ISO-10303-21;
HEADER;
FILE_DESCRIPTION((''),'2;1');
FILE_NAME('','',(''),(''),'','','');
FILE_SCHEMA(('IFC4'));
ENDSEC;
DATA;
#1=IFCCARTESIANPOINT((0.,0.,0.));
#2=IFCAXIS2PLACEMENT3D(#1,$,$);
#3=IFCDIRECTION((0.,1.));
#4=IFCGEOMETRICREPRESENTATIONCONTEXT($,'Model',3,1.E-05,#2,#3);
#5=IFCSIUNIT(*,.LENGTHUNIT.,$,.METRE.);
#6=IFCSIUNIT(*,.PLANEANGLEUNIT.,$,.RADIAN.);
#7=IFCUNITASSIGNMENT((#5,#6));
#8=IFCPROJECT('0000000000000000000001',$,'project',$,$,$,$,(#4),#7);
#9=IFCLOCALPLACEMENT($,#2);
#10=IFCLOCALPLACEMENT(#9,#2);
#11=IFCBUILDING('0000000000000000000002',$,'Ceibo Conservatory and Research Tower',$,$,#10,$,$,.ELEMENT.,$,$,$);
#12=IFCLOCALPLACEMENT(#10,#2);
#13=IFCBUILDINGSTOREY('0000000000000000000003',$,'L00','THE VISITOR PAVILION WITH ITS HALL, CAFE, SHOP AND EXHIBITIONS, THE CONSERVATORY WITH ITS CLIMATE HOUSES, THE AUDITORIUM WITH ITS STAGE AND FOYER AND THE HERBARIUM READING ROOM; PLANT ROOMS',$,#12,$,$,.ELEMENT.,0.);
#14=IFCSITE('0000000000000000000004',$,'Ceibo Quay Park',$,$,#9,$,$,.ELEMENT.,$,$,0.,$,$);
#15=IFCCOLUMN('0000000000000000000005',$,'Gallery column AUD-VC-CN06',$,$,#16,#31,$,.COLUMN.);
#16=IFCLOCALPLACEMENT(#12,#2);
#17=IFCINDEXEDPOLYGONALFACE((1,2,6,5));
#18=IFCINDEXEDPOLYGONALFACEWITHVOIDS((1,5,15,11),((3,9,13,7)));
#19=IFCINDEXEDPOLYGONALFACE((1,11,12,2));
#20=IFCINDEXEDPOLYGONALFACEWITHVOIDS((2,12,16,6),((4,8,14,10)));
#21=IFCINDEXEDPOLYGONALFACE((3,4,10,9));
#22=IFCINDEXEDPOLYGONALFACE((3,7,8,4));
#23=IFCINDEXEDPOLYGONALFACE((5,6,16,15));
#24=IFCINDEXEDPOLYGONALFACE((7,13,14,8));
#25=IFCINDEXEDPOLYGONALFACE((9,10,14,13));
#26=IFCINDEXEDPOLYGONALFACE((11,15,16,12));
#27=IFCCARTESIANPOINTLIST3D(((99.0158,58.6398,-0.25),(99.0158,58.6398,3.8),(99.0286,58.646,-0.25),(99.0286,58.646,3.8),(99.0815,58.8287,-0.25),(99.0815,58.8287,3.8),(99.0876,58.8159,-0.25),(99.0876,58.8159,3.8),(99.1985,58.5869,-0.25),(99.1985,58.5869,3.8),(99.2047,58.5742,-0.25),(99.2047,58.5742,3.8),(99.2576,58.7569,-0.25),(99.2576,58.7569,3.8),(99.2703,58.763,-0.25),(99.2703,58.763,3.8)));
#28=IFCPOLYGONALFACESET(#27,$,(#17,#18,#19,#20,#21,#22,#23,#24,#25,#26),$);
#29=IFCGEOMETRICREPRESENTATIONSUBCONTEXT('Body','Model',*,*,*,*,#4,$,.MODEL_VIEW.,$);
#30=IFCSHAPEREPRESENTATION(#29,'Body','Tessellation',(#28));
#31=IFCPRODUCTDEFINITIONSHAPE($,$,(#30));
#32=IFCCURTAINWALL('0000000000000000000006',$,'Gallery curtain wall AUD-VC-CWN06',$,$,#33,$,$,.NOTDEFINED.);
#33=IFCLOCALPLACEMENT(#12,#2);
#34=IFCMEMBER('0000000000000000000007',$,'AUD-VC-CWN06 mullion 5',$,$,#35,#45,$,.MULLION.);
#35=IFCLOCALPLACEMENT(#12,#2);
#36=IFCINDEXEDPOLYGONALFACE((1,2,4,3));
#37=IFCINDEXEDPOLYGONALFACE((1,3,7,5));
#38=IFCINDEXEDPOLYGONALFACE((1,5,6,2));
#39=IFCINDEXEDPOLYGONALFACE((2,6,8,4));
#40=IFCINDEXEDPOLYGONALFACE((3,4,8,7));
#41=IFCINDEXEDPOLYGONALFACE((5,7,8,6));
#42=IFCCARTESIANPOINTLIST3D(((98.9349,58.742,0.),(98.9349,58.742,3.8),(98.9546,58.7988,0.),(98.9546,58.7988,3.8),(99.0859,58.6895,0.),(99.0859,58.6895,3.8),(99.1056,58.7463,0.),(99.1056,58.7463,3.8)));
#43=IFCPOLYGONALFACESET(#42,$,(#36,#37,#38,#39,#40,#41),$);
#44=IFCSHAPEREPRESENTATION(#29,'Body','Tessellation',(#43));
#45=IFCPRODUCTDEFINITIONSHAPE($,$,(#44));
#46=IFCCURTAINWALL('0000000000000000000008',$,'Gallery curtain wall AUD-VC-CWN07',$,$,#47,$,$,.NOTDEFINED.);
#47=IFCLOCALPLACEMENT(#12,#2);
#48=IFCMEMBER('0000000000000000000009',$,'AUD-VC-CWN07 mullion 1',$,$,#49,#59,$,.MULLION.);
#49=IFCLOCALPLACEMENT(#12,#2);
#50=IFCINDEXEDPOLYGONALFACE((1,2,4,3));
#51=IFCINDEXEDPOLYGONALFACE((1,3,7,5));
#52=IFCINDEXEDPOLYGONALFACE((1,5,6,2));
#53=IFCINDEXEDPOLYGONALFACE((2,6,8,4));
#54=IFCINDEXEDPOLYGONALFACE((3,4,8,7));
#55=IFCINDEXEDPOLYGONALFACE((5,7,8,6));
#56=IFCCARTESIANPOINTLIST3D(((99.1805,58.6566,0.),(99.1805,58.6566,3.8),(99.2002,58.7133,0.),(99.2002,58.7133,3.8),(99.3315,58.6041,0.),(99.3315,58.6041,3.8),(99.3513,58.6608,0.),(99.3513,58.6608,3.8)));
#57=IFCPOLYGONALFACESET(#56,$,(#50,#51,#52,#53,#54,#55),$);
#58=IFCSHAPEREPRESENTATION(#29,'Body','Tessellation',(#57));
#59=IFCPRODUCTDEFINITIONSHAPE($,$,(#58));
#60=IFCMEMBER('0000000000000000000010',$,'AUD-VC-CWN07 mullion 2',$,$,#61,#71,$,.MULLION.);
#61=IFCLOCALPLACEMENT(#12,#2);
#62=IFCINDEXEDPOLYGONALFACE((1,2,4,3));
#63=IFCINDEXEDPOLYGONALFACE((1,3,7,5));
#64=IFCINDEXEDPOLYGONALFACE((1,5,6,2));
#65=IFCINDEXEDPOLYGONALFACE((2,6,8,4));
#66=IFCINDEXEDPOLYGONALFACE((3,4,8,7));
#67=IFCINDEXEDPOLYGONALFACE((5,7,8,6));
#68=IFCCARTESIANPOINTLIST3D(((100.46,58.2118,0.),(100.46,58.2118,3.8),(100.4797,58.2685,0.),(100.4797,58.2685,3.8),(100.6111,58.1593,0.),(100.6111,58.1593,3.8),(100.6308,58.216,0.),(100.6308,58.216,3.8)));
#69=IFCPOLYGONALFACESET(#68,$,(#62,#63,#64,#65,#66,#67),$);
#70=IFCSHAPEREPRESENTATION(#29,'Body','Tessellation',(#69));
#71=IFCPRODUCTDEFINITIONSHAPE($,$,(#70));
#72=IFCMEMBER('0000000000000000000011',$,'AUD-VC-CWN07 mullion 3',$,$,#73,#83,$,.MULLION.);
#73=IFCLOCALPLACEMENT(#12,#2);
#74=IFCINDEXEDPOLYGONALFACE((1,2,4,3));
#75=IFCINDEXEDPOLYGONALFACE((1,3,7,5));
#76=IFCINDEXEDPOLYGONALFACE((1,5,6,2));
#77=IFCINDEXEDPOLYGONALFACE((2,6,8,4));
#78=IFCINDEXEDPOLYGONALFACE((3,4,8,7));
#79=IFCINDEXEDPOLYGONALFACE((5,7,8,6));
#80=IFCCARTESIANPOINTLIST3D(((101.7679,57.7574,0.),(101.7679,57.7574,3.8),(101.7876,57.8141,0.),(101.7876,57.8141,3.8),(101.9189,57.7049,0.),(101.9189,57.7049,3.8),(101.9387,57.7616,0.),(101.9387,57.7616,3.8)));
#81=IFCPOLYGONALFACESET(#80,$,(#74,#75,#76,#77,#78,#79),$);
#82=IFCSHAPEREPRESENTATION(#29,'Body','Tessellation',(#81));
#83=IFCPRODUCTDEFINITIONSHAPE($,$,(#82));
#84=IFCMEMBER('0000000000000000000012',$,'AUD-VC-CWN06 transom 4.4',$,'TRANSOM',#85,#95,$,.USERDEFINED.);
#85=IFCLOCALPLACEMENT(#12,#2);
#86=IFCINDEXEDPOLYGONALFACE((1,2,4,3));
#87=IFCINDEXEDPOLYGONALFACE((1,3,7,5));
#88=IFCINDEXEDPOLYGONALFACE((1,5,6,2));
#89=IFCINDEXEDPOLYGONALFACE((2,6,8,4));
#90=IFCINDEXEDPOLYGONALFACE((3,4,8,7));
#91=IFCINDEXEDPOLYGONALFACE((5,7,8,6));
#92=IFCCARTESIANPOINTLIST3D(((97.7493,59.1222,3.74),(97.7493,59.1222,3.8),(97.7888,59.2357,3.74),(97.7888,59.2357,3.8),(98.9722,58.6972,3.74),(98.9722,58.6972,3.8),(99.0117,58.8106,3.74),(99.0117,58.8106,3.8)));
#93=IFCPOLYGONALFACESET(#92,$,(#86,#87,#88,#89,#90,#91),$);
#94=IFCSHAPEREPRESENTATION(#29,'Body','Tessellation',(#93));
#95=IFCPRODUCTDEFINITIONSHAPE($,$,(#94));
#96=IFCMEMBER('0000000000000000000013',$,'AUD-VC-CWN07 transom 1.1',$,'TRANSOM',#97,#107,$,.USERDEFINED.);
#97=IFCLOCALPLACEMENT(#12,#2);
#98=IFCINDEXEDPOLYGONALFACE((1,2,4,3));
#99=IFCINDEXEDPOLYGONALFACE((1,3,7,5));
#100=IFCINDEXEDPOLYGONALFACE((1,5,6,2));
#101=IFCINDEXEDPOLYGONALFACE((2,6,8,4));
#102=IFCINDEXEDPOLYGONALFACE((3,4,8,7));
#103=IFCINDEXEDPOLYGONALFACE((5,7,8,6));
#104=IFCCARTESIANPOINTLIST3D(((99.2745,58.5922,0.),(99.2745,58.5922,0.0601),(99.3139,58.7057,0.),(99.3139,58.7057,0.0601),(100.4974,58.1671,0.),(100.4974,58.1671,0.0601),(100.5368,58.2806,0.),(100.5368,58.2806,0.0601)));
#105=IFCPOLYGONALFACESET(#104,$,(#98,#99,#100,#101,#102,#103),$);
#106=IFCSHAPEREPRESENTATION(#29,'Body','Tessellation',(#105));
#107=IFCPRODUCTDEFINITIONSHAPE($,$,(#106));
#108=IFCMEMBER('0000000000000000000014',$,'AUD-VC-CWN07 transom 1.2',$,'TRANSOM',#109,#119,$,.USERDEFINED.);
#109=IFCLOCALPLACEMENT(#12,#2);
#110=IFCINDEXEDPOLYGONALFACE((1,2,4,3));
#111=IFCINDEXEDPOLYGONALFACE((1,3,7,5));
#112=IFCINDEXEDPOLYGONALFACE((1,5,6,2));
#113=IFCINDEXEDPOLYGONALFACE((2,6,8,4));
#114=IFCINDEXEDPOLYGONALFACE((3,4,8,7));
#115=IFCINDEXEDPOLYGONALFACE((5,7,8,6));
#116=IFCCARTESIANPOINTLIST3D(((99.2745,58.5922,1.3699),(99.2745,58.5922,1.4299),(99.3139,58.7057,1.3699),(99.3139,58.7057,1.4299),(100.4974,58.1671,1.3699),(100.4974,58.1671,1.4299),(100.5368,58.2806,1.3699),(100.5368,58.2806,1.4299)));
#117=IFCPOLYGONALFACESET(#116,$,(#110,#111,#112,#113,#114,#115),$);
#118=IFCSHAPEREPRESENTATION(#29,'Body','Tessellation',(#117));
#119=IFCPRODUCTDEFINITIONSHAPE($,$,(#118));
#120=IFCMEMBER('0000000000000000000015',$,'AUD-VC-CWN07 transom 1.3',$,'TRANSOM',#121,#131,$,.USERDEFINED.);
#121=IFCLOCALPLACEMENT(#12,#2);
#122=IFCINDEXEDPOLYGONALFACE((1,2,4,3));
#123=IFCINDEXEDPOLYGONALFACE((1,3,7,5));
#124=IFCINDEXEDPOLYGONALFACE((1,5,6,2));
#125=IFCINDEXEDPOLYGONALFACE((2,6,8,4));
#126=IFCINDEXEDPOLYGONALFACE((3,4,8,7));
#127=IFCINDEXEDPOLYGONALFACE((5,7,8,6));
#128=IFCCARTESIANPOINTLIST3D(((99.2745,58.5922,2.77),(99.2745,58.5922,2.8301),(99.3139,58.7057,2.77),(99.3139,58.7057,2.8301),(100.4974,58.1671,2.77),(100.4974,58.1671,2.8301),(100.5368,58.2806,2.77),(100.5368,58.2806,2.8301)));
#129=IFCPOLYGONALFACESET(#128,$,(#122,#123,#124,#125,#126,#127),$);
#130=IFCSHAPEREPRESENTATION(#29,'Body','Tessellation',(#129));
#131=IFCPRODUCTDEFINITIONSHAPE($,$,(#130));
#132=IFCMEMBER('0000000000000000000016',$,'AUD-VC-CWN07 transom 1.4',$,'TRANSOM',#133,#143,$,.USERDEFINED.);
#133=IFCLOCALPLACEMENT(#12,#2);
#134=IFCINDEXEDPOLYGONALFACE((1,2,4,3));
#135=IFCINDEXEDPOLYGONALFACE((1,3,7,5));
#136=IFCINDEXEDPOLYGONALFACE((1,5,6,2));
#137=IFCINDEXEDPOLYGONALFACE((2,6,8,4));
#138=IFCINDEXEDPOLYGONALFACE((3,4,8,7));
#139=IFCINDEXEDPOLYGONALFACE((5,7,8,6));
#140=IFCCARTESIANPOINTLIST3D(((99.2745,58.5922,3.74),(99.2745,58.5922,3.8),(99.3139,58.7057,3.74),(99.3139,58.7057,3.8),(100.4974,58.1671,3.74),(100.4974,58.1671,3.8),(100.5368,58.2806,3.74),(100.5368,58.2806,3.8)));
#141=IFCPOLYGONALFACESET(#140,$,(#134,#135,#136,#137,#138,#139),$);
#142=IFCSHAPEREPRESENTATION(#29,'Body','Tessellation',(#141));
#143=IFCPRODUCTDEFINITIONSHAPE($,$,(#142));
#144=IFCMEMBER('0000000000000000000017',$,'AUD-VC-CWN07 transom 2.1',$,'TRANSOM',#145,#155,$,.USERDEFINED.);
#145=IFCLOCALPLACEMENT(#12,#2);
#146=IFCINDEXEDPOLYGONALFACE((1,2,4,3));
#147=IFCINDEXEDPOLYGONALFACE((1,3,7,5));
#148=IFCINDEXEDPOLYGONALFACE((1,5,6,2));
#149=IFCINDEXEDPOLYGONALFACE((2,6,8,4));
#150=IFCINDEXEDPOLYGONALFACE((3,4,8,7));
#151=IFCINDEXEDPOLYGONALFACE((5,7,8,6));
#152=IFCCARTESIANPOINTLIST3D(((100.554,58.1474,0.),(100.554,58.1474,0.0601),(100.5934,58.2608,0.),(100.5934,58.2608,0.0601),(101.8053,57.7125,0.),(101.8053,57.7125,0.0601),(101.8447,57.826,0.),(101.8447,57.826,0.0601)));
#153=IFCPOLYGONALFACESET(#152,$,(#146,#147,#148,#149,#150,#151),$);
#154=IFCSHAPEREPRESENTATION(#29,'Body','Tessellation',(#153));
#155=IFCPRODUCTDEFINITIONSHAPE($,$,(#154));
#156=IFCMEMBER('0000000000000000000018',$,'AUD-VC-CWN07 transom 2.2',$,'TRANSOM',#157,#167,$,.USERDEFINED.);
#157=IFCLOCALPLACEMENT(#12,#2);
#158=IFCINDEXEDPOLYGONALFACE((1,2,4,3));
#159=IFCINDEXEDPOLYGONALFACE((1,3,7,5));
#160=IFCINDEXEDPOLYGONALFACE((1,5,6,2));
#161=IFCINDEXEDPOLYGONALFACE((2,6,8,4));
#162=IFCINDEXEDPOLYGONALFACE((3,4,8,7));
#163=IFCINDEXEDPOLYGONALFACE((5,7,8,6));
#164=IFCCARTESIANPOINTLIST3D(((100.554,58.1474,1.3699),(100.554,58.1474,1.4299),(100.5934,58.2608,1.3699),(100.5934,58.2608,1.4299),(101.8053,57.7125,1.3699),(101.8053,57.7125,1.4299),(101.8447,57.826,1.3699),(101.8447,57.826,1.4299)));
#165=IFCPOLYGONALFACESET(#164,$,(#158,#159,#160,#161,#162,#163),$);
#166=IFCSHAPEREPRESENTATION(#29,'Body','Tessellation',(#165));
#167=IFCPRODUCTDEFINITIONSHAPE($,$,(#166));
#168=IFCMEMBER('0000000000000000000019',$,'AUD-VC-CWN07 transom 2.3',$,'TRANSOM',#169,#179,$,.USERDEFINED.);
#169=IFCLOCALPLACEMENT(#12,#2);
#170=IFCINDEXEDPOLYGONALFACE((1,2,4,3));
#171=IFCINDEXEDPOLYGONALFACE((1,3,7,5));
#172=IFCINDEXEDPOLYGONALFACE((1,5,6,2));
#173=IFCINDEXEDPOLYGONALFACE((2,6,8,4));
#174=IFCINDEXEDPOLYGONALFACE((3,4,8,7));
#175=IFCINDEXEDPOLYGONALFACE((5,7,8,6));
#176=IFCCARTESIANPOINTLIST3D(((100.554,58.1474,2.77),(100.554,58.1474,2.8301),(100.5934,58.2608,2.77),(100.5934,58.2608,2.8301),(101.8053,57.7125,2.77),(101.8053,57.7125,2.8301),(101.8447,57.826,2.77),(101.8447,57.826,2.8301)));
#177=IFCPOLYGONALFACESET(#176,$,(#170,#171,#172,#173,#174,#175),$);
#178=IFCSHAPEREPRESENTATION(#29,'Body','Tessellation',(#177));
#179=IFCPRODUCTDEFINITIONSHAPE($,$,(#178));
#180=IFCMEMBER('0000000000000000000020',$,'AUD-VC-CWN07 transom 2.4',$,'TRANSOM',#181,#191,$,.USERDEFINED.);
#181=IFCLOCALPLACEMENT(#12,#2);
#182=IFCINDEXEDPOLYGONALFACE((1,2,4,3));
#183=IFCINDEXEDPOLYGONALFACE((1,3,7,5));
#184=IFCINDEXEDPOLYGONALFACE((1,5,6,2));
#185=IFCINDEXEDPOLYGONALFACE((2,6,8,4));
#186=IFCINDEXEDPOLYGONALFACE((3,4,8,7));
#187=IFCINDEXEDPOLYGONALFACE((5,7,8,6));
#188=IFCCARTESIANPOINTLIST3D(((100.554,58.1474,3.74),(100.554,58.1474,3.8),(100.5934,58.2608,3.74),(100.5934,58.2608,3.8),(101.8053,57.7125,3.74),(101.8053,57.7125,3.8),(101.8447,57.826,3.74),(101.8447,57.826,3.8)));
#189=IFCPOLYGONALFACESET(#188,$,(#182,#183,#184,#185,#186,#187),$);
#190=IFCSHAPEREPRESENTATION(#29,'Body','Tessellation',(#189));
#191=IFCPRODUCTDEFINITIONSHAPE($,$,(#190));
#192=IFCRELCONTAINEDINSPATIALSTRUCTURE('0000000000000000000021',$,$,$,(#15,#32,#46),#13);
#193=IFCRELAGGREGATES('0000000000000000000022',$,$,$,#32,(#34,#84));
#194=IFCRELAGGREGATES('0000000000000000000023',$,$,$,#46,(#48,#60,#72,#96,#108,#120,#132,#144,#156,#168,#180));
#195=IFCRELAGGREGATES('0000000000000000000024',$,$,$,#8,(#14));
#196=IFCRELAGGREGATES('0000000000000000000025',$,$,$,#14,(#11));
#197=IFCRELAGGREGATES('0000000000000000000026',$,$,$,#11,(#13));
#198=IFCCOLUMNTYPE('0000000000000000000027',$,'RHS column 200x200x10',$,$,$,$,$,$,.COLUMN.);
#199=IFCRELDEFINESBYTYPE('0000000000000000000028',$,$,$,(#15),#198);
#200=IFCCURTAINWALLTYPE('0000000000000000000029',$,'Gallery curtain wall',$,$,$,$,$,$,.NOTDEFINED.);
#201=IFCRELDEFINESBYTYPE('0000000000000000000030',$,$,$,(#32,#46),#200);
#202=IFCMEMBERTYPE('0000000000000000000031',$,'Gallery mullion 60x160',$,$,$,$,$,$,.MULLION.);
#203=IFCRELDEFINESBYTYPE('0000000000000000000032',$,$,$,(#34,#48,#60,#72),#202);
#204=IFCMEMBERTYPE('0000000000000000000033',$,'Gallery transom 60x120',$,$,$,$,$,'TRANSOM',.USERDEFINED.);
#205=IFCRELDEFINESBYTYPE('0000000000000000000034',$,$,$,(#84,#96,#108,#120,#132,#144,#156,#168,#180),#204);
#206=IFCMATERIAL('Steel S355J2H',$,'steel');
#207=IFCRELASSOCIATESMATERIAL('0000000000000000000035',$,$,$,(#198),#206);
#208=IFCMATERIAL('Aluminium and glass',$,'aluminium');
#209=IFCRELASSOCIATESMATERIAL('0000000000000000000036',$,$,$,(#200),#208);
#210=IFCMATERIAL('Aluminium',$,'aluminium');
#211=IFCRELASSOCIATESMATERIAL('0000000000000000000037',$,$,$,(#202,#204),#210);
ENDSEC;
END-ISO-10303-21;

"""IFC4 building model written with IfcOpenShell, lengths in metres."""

from ifc_helpers import new_model, si_unit, direction, frame, origin, origin_2d, place, context, subcontext, project, spatial, rectangle, hollow_rectangle, extrude, material, material_profile, profile_set, type_object, element, aggregate, save


model = new_model("IFC4")

# Units and contexts
model_context = context("Model", 3, precision=1e-05, world=origin(), true_north=direction((0.0, 1.0)))
body_context = subcontext(model_context, "Body", "Model", "MODEL_VIEW")
ifc_project = project(units=[si_unit("LENGTHUNIT", "METRE"), si_unit("PLANEANGLEUNIT", "RADIAN")], contexts=[model_context])

# Site, building, storey
site_placement = place(None, origin())
site = spatial("IfcSite", under=ifc_project, at=site_placement, Name="Ceibo Quay Park", CompositionType="ELEMENT", RefElevation=0.0)
building_placement = place(site_placement, origin())
building = spatial("IfcBuilding", under=site, at=building_placement, Name="Ceibo Conservatory and Research Tower", CompositionType="ELEMENT")
storey_placement = place(building_placement, origin())
storey = spatial("IfcBuildingStorey", under=building, at=storey_placement, Name="L00", Description="THE VISITOR PAVILION WITH ITS HALL, CAFE, SHOP AND EXHIBITIONS, THE CONSERVATORY WITH ITS CLIMATE HOUSES, THE AUDITORIUM WITH ITS STAGE AND FOYER AND THE HERBARIUM READING ROOM; PLANT ROOMS", CompositionType="ELEMENT", Elevation=0.0)

# Column
ifc_material_1 = material(Name="Steel S355J2H", Category="steel")
ifc_material_profile_1 = material_profile(ifc_material_1, hollow_rectangle(XDim=0.2, YDim=0.2, WallThickness=0.01, at=origin_2d()), Name="RHS column 200x200x10")
ifc_profile_set_1 = profile_set([ifc_material_profile_1], Name="Steel S355J2H")
column_type = type_object("IfcColumnType", Name="RHS column 200x200x10", PredefinedType="COLUMN", material=ifc_profile_set_1)
column_placement = place(storey_placement, frame((99.1431, 58.7014, -0.25), z_axis=(0.0, 0.0, 1.0), x_axis=(0.944579, -0.328284, 0.0)))
element("IfcColumn", 1, at=column_placement, inside=storey, type_object=column_type, Name="Gallery column AUD-VC-CN06", PredefinedType="COLUMN", context=body_context, shape_type="SweptSolid", body=[
    extrude(hollow_rectangle(XDim=0.2, YDim=0.2, WallThickness=0.01, at=origin_2d()), origin(), (0.0, 0.0, 1.0), 4.05),
])

# Curtain wall, member
ifc_material_2 = material(Name="Aluminium and glass", Category="aluminium")
curtain_wall_type = type_object("IfcCurtainWallType", Name="Gallery curtain wall", PredefinedType="NOTDEFINED", material=ifc_material_2)
curtain_wall_1_placement = place(storey_placement, origin())
curtain_wall_1 = element("IfcCurtainWall", 2, at=curtain_wall_1_placement, inside=storey, type_object=curtain_wall_type, Name="Gallery curtain wall AUD-VC-CWN06", PredefinedType="NOTDEFINED")
ifc_material_3 = material(Name="Aluminium", Category="aluminium")
ifc_material_profile_2 = material_profile(ifc_material_3, rectangle(XDim=0.0601, YDim=0.1599, at=origin_2d()), Name="AL 60x160")
ifc_profile_set_2 = profile_set([ifc_material_profile_2], Name="Aluminium")
member_type_1 = type_object("IfcMemberType", Name="Gallery mullion 60x160", PredefinedType="MULLION", material=ifc_profile_set_2)
member_1_placement = place(storey_placement, frame((99.0203, 58.7441, 0.0), z_axis=(0.0, 0.0, 1.0), x_axis=(0.328284, 0.944579, 0.0)))
member_1 = element("IfcMember", 3, at=member_1_placement, type_object=member_type_1, Name="AUD-VC-CWN06 mullion 5", PredefinedType="MULLION", context=body_context, shape_type="SweptSolid", body=[
    extrude(rectangle(XDim=0.0601, YDim=0.1599, at=origin_2d()), origin(), (0.0, 0.0, 1.0), 3.8),
])

# Curtain wall, members
curtain_wall_2_placement = place(storey_placement, origin())
curtain_wall_2 = element("IfcCurtainWall", 4, at=curtain_wall_2_placement, inside=storey, type_object=curtain_wall_type, Name="Gallery curtain wall AUD-VC-CWN07", PredefinedType="NOTDEFINED")
member_2_placement = place(storey_placement, frame((99.2659, 58.6587, 0.0), z_axis=(0.0, 0.0, 1.0), x_axis=(0.328284, 0.944579, 0.0)))
member_2 = element("IfcMember", 5, at=member_2_placement, type_object=member_type_1, Name="AUD-VC-CWN07 mullion 1", PredefinedType="MULLION", context=body_context, shape_type="SweptSolid", body=[
    extrude(rectangle(XDim=0.0601, YDim=0.1599, at=origin_2d()), origin(), (0.0, 0.0, 1.0), 3.8),
])
member_3_placement = place(storey_placement, frame((100.5454, 58.2139, 0.0), z_axis=(0.0, 0.0, 1.0), x_axis=(0.328284, 0.944579, 0.0)))
member_3 = element("IfcMember", 6, at=member_3_placement, type_object=member_type_1, Name="AUD-VC-CWN07 mullion 2", PredefinedType="MULLION", context=body_context, shape_type="SweptSolid", body=[
    extrude(rectangle(XDim=0.0601, YDim=0.1599, at=origin_2d()), origin(), (0.0, 0.0, 1.0), 3.8),
])
member_4_placement = place(storey_placement, frame((101.8533, 57.7595, 0.0), z_axis=(0.0, 0.0, 1.0), x_axis=(0.328284, 0.944579, 0.0)))
member_4 = element("IfcMember", 7, at=member_4_placement, type_object=member_type_1, Name="AUD-VC-CWN07 mullion 3", PredefinedType="MULLION", context=body_context, shape_type="SweptSolid", body=[
    extrude(rectangle(XDim=0.0601, YDim=0.1599, at=origin_2d()), origin(), (0.0, 0.0, 1.0), 3.8),
])

# Members
ifc_material_profile_3 = material_profile(ifc_material_3, rectangle(XDim=0.1201, YDim=0.0601, at=origin_2d()), Name="AL 60x120")
ifc_profile_set_3 = profile_set([ifc_material_profile_3], Name="Aluminium")
member_type_2 = type_object("IfcMemberType", Name="Gallery transom 60x120", ElementType="TRANSOM", PredefinedType="USERDEFINED", material=ifc_profile_set_3)
member_5_placement = place(storey_placement, frame((97.769, 59.179, 3.77), z_axis=(0.944571, -0.328309, 0.0), x_axis=(0.328309, 0.944571, 0.0)))
member_5 = element("IfcMember", 8, at=member_5_placement, type_object=member_type_2, Name="AUD-VC-CWN06 transom 4.4", ObjectType="TRANSOM", PredefinedType="USERDEFINED", context=body_context, shape_type="SweptSolid", body=[
    extrude(rectangle(XDim=0.1201, YDim=0.0601, at=origin_2d()), origin(), (0.0, 0.0, 1.0), 1.2947),
])
member_6_placement = place(storey_placement, frame((99.2942, 58.6489, 0.03), z_axis=(0.944571, -0.328309, 0.0), x_axis=(0.328309, 0.944571, 0.0)))
member_6 = element("IfcMember", 9, at=member_6_placement, type_object=member_type_2, Name="AUD-VC-CWN07 transom 1.1", ObjectType="TRANSOM", PredefinedType="USERDEFINED", context=body_context, shape_type="SweptSolid", body=[
    extrude(rectangle(XDim=0.1201, YDim=0.0601, at=origin_2d()), origin(), (0.0, 0.0, 1.0), 1.2947),
])
member_7_placement = place(storey_placement, frame((99.2942, 58.6489, 1.3999), z_axis=(0.944571, -0.328309, 0.0), x_axis=(0.328309, 0.944571, 0.0)))
member_7 = element("IfcMember", 10, at=member_7_placement, type_object=member_type_2, Name="AUD-VC-CWN07 transom 1.2", ObjectType="TRANSOM", PredefinedType="USERDEFINED", context=body_context, shape_type="SweptSolid", body=[
    extrude(rectangle(XDim=0.1201, YDim=0.0601, at=origin_2d()), origin(), (0.0, 0.0, 1.0), 1.2947),
])
member_8_placement = place(storey_placement, frame((99.2942, 58.6489, 2.8), z_axis=(0.944571, -0.328309, 0.0), x_axis=(0.328309, 0.944571, 0.0)))
member_8 = element("IfcMember", 11, at=member_8_placement, type_object=member_type_2, Name="AUD-VC-CWN07 transom 1.3", ObjectType="TRANSOM", PredefinedType="USERDEFINED", context=body_context, shape_type="SweptSolid", body=[
    extrude(rectangle(XDim=0.1201, YDim=0.0601, at=origin_2d()), origin(), (0.0, 0.0, 1.0), 1.2947),
])
member_9_placement = place(storey_placement, frame((99.2942, 58.6489, 3.77), z_axis=(0.944571, -0.328309, 0.0), x_axis=(0.328309, 0.944571, 0.0)))
member_9 = element("IfcMember", 12, at=member_9_placement, type_object=member_type_2, Name="AUD-VC-CWN07 transom 1.4", ObjectType="TRANSOM", PredefinedType="USERDEFINED", context=body_context, shape_type="SweptSolid", body=[
    extrude(rectangle(XDim=0.1201, YDim=0.0601, at=origin_2d()), origin(), (0.0, 0.0, 1.0), 1.2947),
])
member_10_placement = place(storey_placement, frame((100.5737, 58.2041, 0.03), z_axis=(0.944589, -0.328256, 0.0), x_axis=(0.328256, 0.944589, 0.0)))
member_10 = element("IfcMember", 13, at=member_10_placement, type_object=member_type_2, Name="AUD-VC-CWN07 transom 2.1", ObjectType="TRANSOM", PredefinedType="USERDEFINED", context=body_context, shape_type="SweptSolid", body=[
    extrude(rectangle(XDim=0.1201, YDim=0.0601, at=origin_2d()), origin(), (0.0, 0.0, 1.0), 1.3247),
])
member_11_placement = place(storey_placement, frame((100.5737, 58.2041, 1.3999), z_axis=(0.944589, -0.328256, 0.0), x_axis=(0.328256, 0.944589, 0.0)))
member_11 = element("IfcMember", 14, at=member_11_placement, type_object=member_type_2, Name="AUD-VC-CWN07 transom 2.2", ObjectType="TRANSOM", PredefinedType="USERDEFINED", context=body_context, shape_type="SweptSolid", body=[
    extrude(rectangle(XDim=0.1201, YDim=0.0601, at=origin_2d()), origin(), (0.0, 0.0, 1.0), 1.3247),
])
member_12_placement = place(storey_placement, frame((100.5737, 58.2041, 2.8), z_axis=(0.944589, -0.328256, 0.0), x_axis=(0.328256, 0.944589, 0.0)))
member_12 = element("IfcMember", 15, at=member_12_placement, type_object=member_type_2, Name="AUD-VC-CWN07 transom 2.3", ObjectType="TRANSOM", PredefinedType="USERDEFINED", context=body_context, shape_type="SweptSolid", body=[
    extrude(rectangle(XDim=0.1201, YDim=0.0601, at=origin_2d()), origin(), (0.0, 0.0, 1.0), 1.3247),
])
member_13_placement = place(storey_placement, frame((100.5737, 58.2041, 3.77), z_axis=(0.944589, -0.328256, 0.0), x_axis=(0.328256, 0.944589, 0.0)))
member_13 = element("IfcMember", 16, at=member_13_placement, type_object=member_type_2, Name="AUD-VC-CWN07 transom 2.4", ObjectType="TRANSOM", PredefinedType="USERDEFINED", context=body_context, shape_type="SweptSolid", body=[
    extrude(rectangle(XDim=0.1201, YDim=0.0601, at=origin_2d()), origin(), (0.0, 0.0, 1.0), 1.3247),
])

aggregate(curtain_wall_1, [member_1, member_5])
aggregate(curtain_wall_2, [member_2, member_3, member_4, member_6, member_7, member_8, member_9, member_10, member_11, member_12, member_13])

save(model, "model.ifc")
